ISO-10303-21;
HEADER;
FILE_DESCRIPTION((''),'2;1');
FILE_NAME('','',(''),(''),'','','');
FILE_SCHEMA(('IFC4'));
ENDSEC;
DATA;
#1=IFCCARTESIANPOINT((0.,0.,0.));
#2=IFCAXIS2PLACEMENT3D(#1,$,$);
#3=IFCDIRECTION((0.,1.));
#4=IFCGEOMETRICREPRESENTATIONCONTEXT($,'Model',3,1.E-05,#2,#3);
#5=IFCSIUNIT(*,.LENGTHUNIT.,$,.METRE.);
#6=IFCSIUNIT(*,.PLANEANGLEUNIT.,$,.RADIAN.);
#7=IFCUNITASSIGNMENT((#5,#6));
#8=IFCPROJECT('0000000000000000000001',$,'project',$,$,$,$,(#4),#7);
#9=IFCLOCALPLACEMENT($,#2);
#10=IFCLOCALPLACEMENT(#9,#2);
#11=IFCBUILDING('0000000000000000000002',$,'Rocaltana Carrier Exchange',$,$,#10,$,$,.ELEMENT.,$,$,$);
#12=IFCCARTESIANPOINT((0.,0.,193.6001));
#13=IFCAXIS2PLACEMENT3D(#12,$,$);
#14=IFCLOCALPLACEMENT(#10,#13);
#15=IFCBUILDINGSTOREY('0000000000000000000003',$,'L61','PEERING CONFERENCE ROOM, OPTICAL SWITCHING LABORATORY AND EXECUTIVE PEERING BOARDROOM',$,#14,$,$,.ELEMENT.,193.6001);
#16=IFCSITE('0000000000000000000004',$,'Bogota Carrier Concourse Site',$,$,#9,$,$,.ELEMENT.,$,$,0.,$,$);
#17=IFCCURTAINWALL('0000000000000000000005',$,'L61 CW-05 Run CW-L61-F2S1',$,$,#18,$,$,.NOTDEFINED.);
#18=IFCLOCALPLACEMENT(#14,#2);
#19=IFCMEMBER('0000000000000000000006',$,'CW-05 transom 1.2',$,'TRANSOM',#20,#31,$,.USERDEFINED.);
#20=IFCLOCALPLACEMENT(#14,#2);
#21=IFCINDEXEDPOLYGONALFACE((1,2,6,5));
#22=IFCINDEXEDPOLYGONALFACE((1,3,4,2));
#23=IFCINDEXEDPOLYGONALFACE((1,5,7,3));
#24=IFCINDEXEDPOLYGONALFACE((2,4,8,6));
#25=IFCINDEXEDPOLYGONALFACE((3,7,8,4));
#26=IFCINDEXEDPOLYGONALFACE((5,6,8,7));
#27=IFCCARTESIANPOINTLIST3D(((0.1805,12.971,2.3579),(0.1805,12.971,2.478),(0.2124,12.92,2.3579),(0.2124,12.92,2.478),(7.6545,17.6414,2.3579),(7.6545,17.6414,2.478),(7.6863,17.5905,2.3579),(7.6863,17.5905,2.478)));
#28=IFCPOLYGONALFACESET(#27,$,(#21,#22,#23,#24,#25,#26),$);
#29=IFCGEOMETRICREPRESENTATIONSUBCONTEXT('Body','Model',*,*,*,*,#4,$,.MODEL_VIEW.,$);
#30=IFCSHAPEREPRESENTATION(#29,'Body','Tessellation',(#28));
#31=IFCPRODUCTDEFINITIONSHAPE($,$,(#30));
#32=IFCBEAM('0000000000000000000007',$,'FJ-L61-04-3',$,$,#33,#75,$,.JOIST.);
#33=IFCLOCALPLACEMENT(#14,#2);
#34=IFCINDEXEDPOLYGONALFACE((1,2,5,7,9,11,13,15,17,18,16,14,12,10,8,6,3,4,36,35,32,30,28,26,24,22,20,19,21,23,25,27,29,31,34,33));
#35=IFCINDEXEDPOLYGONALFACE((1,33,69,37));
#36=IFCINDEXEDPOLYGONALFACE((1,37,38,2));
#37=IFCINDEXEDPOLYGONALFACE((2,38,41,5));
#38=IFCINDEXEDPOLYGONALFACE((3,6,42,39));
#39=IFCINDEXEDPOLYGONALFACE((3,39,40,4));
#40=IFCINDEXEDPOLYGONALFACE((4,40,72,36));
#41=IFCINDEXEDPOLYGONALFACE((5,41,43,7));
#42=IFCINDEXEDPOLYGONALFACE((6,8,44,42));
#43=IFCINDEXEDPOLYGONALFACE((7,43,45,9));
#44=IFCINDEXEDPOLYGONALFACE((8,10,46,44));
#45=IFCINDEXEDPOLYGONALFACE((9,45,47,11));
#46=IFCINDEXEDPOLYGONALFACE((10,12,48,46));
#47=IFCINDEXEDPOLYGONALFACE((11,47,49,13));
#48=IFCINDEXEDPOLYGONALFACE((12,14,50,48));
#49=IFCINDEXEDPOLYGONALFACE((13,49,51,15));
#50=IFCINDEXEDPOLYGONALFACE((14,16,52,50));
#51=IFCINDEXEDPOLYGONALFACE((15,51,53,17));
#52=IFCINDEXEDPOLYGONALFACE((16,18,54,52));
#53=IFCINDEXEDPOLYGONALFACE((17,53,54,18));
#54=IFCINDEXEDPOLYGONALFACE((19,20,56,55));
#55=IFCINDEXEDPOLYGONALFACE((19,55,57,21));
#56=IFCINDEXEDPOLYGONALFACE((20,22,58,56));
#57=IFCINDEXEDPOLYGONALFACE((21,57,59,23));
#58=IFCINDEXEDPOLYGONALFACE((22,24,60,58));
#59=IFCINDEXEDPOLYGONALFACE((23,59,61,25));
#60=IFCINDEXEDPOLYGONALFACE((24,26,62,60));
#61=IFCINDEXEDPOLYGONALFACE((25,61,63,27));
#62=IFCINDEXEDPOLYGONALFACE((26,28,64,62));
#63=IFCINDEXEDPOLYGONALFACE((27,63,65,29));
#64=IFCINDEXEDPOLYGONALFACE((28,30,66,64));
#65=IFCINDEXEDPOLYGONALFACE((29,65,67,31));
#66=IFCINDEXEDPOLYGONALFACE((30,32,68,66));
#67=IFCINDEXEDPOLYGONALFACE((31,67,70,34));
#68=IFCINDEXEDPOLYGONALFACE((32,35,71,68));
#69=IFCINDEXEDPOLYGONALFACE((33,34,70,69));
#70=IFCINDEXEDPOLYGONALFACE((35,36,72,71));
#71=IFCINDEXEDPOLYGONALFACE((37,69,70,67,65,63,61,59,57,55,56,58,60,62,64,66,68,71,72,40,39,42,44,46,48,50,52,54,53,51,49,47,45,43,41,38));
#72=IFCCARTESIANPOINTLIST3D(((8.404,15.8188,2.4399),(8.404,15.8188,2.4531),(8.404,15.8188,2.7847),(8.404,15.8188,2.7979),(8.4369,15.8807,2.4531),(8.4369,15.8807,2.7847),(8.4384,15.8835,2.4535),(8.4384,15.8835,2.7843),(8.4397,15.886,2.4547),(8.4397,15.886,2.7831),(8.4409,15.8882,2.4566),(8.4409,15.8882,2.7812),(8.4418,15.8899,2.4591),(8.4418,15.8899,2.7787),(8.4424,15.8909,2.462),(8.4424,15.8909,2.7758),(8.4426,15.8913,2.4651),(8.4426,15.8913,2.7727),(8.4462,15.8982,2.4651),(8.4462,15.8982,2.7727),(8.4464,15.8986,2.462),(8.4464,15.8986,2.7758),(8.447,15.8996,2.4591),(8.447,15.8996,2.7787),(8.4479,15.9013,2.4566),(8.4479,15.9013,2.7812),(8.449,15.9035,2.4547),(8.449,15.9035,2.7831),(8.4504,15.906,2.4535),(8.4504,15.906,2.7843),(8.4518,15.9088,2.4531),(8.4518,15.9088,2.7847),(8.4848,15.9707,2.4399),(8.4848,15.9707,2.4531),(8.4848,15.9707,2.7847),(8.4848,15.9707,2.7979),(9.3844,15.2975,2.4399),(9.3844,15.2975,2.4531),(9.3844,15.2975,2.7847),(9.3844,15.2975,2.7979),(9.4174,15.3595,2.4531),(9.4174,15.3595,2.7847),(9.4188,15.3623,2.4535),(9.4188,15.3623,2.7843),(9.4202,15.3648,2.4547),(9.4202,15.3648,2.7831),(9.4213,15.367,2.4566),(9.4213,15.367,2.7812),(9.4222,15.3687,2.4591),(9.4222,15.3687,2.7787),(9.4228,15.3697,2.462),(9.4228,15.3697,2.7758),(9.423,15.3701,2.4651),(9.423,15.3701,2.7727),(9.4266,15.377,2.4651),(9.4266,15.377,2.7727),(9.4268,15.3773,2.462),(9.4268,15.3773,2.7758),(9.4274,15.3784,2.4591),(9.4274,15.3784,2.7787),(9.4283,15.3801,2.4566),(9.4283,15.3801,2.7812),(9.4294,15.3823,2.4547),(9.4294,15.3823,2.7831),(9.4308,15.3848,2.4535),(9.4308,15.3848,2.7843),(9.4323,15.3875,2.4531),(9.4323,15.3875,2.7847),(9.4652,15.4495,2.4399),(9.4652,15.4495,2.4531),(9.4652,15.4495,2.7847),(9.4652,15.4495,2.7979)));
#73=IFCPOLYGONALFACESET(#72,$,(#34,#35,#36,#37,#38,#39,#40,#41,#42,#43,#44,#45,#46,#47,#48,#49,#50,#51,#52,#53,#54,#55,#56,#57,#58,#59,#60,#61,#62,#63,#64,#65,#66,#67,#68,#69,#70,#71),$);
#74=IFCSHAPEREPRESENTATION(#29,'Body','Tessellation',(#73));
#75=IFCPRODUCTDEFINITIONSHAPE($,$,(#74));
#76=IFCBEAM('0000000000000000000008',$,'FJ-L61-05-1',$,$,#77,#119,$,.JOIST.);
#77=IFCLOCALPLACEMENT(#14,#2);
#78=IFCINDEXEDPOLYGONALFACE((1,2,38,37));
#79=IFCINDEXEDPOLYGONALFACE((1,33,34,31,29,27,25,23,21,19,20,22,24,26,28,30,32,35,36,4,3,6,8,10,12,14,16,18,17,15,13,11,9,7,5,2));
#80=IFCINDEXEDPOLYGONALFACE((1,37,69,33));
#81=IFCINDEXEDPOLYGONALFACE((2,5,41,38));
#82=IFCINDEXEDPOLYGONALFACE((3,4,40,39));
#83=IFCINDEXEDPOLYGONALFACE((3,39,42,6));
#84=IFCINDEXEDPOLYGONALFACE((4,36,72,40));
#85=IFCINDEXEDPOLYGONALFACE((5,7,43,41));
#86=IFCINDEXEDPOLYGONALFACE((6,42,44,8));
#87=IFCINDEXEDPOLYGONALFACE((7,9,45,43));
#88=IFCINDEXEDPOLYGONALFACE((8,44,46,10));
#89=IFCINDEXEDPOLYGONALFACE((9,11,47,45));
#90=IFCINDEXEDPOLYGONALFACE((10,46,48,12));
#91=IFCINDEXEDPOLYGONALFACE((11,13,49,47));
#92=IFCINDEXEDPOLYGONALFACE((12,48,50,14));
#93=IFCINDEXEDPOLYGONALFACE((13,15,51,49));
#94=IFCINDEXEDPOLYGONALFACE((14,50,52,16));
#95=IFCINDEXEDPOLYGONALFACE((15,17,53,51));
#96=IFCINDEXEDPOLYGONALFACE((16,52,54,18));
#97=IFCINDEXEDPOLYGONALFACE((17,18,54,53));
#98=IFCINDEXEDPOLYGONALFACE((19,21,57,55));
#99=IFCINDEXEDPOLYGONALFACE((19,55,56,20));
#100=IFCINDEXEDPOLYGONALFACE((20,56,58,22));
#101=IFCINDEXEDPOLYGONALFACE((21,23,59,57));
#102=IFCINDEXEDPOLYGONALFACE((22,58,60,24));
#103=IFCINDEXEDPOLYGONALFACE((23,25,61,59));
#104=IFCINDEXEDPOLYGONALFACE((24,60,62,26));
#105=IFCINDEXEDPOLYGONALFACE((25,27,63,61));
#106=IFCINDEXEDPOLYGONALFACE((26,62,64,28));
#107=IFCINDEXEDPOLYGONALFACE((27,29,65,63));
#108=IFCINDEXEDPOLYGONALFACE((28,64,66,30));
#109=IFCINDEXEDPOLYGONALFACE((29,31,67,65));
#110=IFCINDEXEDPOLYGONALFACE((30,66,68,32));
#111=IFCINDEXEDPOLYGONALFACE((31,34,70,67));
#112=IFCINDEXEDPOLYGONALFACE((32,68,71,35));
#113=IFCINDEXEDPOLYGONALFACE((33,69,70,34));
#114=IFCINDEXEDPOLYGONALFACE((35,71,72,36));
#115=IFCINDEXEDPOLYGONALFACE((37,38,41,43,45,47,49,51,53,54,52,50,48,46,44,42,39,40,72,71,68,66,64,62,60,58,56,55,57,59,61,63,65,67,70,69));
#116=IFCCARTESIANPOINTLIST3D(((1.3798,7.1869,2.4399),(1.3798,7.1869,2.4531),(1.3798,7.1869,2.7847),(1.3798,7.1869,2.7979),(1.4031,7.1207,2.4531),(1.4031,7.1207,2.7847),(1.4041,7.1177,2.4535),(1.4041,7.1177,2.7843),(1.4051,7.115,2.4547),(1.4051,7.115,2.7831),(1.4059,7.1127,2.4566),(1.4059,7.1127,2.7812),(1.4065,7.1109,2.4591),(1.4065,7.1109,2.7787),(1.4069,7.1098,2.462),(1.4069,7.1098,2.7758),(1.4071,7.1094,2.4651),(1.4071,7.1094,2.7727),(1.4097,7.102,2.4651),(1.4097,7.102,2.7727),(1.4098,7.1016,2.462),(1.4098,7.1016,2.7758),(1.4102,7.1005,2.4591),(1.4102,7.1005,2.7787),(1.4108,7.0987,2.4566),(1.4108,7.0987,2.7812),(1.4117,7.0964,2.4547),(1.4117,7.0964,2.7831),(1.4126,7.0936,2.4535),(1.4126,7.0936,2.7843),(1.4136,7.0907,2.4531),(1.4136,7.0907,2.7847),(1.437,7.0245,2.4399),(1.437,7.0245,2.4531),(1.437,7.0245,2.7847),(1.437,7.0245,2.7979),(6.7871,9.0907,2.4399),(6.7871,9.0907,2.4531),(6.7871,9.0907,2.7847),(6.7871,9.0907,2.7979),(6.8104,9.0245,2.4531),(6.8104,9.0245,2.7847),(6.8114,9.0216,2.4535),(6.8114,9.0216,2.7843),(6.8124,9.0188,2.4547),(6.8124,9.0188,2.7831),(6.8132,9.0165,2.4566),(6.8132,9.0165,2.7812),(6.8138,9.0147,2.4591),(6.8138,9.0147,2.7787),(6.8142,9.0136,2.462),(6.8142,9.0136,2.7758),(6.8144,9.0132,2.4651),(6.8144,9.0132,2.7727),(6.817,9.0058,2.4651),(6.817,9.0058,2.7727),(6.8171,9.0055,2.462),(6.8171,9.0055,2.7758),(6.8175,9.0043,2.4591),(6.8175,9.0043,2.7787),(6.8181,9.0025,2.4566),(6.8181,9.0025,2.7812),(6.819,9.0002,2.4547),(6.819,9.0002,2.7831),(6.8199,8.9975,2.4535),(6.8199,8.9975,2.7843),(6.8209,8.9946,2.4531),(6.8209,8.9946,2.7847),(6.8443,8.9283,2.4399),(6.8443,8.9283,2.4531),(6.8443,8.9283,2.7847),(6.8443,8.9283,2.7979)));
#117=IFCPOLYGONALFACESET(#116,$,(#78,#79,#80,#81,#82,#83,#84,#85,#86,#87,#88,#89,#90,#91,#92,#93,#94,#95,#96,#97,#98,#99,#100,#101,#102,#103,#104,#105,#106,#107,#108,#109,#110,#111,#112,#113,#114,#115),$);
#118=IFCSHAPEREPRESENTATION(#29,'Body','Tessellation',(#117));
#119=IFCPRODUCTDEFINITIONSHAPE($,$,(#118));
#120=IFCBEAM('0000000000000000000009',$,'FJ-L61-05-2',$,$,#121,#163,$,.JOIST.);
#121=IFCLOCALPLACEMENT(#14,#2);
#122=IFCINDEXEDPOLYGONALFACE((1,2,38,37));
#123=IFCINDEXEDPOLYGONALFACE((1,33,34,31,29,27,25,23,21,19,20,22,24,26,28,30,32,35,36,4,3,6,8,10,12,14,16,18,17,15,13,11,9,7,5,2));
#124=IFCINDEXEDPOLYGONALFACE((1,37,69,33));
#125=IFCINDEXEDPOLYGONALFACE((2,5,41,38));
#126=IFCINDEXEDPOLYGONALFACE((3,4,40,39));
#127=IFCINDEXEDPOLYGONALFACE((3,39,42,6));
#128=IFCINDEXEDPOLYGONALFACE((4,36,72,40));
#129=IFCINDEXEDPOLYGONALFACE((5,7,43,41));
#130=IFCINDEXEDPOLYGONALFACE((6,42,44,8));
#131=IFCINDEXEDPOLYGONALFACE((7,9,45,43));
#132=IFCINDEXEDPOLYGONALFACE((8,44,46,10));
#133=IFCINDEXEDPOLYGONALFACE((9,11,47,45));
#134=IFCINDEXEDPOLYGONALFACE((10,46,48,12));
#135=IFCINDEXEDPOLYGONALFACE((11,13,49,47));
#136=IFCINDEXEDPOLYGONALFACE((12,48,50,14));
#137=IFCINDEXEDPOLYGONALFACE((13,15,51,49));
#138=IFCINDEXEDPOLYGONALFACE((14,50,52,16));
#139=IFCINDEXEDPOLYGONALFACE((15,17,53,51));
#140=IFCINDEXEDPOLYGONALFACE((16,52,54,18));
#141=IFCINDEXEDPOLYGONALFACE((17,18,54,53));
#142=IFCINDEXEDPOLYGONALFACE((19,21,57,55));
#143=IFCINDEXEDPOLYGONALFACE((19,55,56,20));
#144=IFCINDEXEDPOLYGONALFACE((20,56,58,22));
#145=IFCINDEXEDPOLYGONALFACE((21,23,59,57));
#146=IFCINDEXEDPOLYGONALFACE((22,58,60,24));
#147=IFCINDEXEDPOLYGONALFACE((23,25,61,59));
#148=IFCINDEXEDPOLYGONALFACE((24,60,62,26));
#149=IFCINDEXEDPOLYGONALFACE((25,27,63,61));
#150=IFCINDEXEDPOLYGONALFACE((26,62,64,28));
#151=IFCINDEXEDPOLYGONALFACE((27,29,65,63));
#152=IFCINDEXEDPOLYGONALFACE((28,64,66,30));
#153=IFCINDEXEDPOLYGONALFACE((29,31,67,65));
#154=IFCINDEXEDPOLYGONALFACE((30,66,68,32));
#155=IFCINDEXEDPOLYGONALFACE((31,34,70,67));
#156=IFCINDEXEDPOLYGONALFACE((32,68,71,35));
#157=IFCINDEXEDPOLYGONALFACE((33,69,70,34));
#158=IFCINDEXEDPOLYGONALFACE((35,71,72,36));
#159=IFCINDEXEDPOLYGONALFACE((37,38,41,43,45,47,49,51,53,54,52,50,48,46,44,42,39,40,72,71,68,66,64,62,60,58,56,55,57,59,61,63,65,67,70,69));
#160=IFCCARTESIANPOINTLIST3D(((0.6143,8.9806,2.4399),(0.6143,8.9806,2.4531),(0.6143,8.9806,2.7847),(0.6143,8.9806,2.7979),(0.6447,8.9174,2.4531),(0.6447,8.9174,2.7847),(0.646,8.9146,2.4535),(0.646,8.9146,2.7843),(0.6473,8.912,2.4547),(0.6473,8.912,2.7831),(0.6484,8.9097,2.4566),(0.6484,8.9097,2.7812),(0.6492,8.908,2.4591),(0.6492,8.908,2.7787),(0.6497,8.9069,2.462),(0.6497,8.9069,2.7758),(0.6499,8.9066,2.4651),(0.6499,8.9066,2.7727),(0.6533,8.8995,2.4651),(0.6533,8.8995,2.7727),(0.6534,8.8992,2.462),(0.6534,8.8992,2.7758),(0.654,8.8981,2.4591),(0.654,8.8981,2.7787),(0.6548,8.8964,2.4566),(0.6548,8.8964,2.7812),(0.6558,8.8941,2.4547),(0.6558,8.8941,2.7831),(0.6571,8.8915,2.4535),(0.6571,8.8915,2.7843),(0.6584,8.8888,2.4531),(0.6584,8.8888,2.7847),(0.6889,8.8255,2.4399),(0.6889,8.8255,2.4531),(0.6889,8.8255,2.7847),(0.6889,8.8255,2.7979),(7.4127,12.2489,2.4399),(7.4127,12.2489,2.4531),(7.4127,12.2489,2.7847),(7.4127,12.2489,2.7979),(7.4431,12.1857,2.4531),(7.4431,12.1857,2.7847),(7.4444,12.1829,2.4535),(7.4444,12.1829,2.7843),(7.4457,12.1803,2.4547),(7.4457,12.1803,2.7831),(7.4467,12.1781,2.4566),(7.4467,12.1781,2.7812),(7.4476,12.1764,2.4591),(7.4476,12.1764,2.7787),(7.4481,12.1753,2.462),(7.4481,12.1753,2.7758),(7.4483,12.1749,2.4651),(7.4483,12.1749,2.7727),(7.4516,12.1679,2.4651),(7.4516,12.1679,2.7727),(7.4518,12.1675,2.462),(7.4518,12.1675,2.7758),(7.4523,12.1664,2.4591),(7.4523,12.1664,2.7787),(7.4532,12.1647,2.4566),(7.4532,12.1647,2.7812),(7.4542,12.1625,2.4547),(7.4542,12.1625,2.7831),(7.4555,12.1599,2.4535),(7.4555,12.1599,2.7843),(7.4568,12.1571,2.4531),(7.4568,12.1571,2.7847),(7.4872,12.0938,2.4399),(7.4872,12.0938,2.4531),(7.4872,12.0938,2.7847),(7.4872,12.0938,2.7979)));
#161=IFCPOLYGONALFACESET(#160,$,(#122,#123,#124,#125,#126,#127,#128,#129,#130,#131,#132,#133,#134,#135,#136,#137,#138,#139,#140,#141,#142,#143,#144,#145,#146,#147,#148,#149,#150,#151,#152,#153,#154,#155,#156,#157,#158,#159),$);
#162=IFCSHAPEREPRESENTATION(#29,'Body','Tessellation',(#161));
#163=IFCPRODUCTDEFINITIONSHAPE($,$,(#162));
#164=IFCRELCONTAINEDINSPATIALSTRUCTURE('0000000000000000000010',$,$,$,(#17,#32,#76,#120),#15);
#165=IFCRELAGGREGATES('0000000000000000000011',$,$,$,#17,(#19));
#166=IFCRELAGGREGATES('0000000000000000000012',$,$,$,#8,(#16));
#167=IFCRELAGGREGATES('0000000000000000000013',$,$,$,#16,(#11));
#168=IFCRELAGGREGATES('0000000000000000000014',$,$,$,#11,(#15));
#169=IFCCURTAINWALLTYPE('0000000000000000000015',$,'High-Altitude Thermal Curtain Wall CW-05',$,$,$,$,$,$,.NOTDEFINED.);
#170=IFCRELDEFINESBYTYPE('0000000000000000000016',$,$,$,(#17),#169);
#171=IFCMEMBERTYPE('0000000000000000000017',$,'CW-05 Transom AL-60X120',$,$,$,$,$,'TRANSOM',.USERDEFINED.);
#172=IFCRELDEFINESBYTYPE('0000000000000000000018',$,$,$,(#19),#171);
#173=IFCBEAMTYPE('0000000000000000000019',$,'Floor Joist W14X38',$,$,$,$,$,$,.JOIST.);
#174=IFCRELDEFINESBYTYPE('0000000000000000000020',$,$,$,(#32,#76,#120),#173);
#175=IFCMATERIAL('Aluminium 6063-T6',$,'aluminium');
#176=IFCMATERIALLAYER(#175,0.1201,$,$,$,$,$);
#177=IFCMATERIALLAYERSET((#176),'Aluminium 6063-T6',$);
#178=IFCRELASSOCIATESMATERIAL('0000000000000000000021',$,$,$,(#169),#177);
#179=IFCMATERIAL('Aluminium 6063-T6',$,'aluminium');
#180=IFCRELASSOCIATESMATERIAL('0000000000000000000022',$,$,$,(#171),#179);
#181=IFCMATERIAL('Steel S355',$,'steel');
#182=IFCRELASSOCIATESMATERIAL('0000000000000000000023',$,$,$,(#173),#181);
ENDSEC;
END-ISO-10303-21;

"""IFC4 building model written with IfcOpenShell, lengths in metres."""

from ifc_helpers import new_model, si_unit, direction, frame, origin, origin_2d, place, context, subcontext, project, spatial, rectangle, i_section, extrude, material, layer, layer_set, material_profile, profile_set, type_object, element, aggregate, save


model = new_model("IFC4")

# Units and contexts
model_context = context("Model", 3, precision=1e-05, world=origin(), true_north=direction((0.0, 1.0)))
body_context = subcontext(model_context, "Body", "Model", "MODEL_VIEW")
ifc_project = project(units=[si_unit("LENGTHUNIT", "METRE"), si_unit("PLANEANGLEUNIT", "RADIAN")], contexts=[model_context])

# Site, building, storey
site_placement = place(None, origin())
site = spatial("IfcSite", under=ifc_project, at=site_placement, Name="Bogota Carrier Concourse Site", CompositionType="ELEMENT", RefElevation=0.0)
building_placement = place(site_placement, origin())
building = spatial("IfcBuilding", under=site, at=building_placement, Name="Rocaltana Carrier Exchange", CompositionType="ELEMENT")
storey_placement = place(building_placement, frame((0.0, 0.0, 193.6001)))
storey = spatial("IfcBuildingStorey", under=building, at=storey_placement, Name="L61", Description="PEERING CONFERENCE ROOM, OPTICAL SWITCHING LABORATORY AND EXECUTIVE PEERING BOARDROOM", CompositionType="ELEMENT", Elevation=193.6001)

# Curtain wall
ifc_material_1 = material(Name="Aluminium 6063-T6", Category="aluminium")
ifc_layer_1 = layer(ifc_material_1, 0.1201)
ifc_layer_set_1 = layer_set([ifc_layer_1], Name="Aluminium 6063-T6")
curtain_wall_type = type_object("IfcCurtainWallType", Name="High-Altitude Thermal Curtain Wall CW-05", PredefinedType="NOTDEFINED", material=ifc_layer_set_1)
curtain_wall_1_placement = place(storey_placement, origin())
curtain_wall_1 = element("IfcCurtainWall", 1, at=curtain_wall_1_placement, inside=storey, type_object=curtain_wall_type, Name="L61 CW-05 Run CW-L61-F2S1", PredefinedType="NOTDEFINED")

# Member
ifc_material_2 = material(Name="Aluminium 6063-T6", Category="aluminium")
ifc_material_profile_1 = material_profile(ifc_material_2, rectangle(XDim=0.0601, YDim=0.1201, at=origin_2d()), Name="AL-60X120")
ifc_profile_set_1 = profile_set([ifc_material_profile_1], Name="Aluminium 6063-T6")
member_type_1 = type_object("IfcMemberType", Name="CW-05 Transom AL-60X120", ElementType="TRANSOM", PredefinedType="USERDEFINED", material=ifc_profile_set_1)
member_1_placement = place(storey_placement, frame((7.6704, 17.616, 2.418), z_axis=(-0.848037, -0.529937, 0.0), x_axis=(0.529937, -0.848037, 0.0)))
member_1 = element("IfcMember", 2, at=member_1_placement, type_object=member_type_1, Name="CW-05 transom 1.2", ObjectType="TRANSOM", PredefinedType="USERDEFINED", context=body_context, shape_type="SweptSolid", body=[
    extrude(rectangle(XDim=0.0601, YDim=0.1201, at=origin_2d()), origin(), (0.0, 0.0, 1.0), 8.8132),
])

# Beams
ifc_material_3 = material(Name="Steel S355", Category="steel")
ifc_material_profile_2 = material_profile(ifc_material_3, i_section(OverallWidth=0.1721, OverallDepth=0.3579, WebThickness=0.0078, FlangeThickness=0.0132, FilletRadius=0.012, at=origin_2d()), Name="W14X38")
ifc_profile_set_2 = profile_set([ifc_material_profile_2], Name="Steel S355")
beam_type_1 = type_object("IfcBeamType", Name="Floor Joist W14X38", PredefinedType="JOIST", material=ifc_profile_set_2)
beam_1_placement = place(storey_placement, frame((9.4248, 15.3735, 2.6189), z_axis=(-0.882979, 0.469412, 0.0), x_axis=(-0.469412, -0.882979, 0.0)))
element("IfcBeam", 3, at=beam_1_placement, inside=storey, type_object=beam_type_1, Name="FJ-L61-04-3", PredefinedType="JOIST", context=body_context, shape_type="SweptSolid", body=[
    extrude(i_section(OverallWidth=0.1721, OverallDepth=0.3579, WebThickness=0.0078, FlangeThickness=0.0132, FilletRadius=0.012, at=origin_2d()), origin(), (0.0, 0.0, 1.0), 1.1104),
])
beam_2_placement = place(storey_placement, frame((6.8157, 9.0095, 2.6189), z_axis=(-0.943243, -0.332103, 0.0), x_axis=(0.332103, -0.943243, 0.0)))
element("IfcBeam", 4, at=beam_2_placement, inside=storey, type_object=beam_type_1, Name="FJ-L61-05-1", PredefinedType="JOIST", context=body_context, shape_type="SweptSolid", body=[
    extrude(i_section(OverallWidth=0.1721, OverallDepth=0.3579, WebThickness=0.0078, FlangeThickness=0.0132, FilletRadius=0.012, at=origin_2d()), origin(), (0.0, 0.0, 1.0), 5.7327),
])
beam_3_placement = place(storey_placement, frame((7.45, 12.1714, 2.6189), z_axis=(-0.901259, -0.433281, 0.0), x_axis=(0.433281, -0.901259, 0.0)))
element("IfcBeam", 5, at=beam_3_placement, inside=storey, type_object=beam_type_1, Name="FJ-L61-05-2", PredefinedType="JOIST", context=body_context, shape_type="SweptSolid", body=[
    extrude(i_section(OverallWidth=0.1721, OverallDepth=0.3579, WebThickness=0.0078, FlangeThickness=0.0132, FilletRadius=0.012, at=origin_2d()), origin(), (0.0, 0.0, 1.0), 7.5432),
])

aggregate(curtain_wall_1, [member_1])

save(model, "model.ifc")
